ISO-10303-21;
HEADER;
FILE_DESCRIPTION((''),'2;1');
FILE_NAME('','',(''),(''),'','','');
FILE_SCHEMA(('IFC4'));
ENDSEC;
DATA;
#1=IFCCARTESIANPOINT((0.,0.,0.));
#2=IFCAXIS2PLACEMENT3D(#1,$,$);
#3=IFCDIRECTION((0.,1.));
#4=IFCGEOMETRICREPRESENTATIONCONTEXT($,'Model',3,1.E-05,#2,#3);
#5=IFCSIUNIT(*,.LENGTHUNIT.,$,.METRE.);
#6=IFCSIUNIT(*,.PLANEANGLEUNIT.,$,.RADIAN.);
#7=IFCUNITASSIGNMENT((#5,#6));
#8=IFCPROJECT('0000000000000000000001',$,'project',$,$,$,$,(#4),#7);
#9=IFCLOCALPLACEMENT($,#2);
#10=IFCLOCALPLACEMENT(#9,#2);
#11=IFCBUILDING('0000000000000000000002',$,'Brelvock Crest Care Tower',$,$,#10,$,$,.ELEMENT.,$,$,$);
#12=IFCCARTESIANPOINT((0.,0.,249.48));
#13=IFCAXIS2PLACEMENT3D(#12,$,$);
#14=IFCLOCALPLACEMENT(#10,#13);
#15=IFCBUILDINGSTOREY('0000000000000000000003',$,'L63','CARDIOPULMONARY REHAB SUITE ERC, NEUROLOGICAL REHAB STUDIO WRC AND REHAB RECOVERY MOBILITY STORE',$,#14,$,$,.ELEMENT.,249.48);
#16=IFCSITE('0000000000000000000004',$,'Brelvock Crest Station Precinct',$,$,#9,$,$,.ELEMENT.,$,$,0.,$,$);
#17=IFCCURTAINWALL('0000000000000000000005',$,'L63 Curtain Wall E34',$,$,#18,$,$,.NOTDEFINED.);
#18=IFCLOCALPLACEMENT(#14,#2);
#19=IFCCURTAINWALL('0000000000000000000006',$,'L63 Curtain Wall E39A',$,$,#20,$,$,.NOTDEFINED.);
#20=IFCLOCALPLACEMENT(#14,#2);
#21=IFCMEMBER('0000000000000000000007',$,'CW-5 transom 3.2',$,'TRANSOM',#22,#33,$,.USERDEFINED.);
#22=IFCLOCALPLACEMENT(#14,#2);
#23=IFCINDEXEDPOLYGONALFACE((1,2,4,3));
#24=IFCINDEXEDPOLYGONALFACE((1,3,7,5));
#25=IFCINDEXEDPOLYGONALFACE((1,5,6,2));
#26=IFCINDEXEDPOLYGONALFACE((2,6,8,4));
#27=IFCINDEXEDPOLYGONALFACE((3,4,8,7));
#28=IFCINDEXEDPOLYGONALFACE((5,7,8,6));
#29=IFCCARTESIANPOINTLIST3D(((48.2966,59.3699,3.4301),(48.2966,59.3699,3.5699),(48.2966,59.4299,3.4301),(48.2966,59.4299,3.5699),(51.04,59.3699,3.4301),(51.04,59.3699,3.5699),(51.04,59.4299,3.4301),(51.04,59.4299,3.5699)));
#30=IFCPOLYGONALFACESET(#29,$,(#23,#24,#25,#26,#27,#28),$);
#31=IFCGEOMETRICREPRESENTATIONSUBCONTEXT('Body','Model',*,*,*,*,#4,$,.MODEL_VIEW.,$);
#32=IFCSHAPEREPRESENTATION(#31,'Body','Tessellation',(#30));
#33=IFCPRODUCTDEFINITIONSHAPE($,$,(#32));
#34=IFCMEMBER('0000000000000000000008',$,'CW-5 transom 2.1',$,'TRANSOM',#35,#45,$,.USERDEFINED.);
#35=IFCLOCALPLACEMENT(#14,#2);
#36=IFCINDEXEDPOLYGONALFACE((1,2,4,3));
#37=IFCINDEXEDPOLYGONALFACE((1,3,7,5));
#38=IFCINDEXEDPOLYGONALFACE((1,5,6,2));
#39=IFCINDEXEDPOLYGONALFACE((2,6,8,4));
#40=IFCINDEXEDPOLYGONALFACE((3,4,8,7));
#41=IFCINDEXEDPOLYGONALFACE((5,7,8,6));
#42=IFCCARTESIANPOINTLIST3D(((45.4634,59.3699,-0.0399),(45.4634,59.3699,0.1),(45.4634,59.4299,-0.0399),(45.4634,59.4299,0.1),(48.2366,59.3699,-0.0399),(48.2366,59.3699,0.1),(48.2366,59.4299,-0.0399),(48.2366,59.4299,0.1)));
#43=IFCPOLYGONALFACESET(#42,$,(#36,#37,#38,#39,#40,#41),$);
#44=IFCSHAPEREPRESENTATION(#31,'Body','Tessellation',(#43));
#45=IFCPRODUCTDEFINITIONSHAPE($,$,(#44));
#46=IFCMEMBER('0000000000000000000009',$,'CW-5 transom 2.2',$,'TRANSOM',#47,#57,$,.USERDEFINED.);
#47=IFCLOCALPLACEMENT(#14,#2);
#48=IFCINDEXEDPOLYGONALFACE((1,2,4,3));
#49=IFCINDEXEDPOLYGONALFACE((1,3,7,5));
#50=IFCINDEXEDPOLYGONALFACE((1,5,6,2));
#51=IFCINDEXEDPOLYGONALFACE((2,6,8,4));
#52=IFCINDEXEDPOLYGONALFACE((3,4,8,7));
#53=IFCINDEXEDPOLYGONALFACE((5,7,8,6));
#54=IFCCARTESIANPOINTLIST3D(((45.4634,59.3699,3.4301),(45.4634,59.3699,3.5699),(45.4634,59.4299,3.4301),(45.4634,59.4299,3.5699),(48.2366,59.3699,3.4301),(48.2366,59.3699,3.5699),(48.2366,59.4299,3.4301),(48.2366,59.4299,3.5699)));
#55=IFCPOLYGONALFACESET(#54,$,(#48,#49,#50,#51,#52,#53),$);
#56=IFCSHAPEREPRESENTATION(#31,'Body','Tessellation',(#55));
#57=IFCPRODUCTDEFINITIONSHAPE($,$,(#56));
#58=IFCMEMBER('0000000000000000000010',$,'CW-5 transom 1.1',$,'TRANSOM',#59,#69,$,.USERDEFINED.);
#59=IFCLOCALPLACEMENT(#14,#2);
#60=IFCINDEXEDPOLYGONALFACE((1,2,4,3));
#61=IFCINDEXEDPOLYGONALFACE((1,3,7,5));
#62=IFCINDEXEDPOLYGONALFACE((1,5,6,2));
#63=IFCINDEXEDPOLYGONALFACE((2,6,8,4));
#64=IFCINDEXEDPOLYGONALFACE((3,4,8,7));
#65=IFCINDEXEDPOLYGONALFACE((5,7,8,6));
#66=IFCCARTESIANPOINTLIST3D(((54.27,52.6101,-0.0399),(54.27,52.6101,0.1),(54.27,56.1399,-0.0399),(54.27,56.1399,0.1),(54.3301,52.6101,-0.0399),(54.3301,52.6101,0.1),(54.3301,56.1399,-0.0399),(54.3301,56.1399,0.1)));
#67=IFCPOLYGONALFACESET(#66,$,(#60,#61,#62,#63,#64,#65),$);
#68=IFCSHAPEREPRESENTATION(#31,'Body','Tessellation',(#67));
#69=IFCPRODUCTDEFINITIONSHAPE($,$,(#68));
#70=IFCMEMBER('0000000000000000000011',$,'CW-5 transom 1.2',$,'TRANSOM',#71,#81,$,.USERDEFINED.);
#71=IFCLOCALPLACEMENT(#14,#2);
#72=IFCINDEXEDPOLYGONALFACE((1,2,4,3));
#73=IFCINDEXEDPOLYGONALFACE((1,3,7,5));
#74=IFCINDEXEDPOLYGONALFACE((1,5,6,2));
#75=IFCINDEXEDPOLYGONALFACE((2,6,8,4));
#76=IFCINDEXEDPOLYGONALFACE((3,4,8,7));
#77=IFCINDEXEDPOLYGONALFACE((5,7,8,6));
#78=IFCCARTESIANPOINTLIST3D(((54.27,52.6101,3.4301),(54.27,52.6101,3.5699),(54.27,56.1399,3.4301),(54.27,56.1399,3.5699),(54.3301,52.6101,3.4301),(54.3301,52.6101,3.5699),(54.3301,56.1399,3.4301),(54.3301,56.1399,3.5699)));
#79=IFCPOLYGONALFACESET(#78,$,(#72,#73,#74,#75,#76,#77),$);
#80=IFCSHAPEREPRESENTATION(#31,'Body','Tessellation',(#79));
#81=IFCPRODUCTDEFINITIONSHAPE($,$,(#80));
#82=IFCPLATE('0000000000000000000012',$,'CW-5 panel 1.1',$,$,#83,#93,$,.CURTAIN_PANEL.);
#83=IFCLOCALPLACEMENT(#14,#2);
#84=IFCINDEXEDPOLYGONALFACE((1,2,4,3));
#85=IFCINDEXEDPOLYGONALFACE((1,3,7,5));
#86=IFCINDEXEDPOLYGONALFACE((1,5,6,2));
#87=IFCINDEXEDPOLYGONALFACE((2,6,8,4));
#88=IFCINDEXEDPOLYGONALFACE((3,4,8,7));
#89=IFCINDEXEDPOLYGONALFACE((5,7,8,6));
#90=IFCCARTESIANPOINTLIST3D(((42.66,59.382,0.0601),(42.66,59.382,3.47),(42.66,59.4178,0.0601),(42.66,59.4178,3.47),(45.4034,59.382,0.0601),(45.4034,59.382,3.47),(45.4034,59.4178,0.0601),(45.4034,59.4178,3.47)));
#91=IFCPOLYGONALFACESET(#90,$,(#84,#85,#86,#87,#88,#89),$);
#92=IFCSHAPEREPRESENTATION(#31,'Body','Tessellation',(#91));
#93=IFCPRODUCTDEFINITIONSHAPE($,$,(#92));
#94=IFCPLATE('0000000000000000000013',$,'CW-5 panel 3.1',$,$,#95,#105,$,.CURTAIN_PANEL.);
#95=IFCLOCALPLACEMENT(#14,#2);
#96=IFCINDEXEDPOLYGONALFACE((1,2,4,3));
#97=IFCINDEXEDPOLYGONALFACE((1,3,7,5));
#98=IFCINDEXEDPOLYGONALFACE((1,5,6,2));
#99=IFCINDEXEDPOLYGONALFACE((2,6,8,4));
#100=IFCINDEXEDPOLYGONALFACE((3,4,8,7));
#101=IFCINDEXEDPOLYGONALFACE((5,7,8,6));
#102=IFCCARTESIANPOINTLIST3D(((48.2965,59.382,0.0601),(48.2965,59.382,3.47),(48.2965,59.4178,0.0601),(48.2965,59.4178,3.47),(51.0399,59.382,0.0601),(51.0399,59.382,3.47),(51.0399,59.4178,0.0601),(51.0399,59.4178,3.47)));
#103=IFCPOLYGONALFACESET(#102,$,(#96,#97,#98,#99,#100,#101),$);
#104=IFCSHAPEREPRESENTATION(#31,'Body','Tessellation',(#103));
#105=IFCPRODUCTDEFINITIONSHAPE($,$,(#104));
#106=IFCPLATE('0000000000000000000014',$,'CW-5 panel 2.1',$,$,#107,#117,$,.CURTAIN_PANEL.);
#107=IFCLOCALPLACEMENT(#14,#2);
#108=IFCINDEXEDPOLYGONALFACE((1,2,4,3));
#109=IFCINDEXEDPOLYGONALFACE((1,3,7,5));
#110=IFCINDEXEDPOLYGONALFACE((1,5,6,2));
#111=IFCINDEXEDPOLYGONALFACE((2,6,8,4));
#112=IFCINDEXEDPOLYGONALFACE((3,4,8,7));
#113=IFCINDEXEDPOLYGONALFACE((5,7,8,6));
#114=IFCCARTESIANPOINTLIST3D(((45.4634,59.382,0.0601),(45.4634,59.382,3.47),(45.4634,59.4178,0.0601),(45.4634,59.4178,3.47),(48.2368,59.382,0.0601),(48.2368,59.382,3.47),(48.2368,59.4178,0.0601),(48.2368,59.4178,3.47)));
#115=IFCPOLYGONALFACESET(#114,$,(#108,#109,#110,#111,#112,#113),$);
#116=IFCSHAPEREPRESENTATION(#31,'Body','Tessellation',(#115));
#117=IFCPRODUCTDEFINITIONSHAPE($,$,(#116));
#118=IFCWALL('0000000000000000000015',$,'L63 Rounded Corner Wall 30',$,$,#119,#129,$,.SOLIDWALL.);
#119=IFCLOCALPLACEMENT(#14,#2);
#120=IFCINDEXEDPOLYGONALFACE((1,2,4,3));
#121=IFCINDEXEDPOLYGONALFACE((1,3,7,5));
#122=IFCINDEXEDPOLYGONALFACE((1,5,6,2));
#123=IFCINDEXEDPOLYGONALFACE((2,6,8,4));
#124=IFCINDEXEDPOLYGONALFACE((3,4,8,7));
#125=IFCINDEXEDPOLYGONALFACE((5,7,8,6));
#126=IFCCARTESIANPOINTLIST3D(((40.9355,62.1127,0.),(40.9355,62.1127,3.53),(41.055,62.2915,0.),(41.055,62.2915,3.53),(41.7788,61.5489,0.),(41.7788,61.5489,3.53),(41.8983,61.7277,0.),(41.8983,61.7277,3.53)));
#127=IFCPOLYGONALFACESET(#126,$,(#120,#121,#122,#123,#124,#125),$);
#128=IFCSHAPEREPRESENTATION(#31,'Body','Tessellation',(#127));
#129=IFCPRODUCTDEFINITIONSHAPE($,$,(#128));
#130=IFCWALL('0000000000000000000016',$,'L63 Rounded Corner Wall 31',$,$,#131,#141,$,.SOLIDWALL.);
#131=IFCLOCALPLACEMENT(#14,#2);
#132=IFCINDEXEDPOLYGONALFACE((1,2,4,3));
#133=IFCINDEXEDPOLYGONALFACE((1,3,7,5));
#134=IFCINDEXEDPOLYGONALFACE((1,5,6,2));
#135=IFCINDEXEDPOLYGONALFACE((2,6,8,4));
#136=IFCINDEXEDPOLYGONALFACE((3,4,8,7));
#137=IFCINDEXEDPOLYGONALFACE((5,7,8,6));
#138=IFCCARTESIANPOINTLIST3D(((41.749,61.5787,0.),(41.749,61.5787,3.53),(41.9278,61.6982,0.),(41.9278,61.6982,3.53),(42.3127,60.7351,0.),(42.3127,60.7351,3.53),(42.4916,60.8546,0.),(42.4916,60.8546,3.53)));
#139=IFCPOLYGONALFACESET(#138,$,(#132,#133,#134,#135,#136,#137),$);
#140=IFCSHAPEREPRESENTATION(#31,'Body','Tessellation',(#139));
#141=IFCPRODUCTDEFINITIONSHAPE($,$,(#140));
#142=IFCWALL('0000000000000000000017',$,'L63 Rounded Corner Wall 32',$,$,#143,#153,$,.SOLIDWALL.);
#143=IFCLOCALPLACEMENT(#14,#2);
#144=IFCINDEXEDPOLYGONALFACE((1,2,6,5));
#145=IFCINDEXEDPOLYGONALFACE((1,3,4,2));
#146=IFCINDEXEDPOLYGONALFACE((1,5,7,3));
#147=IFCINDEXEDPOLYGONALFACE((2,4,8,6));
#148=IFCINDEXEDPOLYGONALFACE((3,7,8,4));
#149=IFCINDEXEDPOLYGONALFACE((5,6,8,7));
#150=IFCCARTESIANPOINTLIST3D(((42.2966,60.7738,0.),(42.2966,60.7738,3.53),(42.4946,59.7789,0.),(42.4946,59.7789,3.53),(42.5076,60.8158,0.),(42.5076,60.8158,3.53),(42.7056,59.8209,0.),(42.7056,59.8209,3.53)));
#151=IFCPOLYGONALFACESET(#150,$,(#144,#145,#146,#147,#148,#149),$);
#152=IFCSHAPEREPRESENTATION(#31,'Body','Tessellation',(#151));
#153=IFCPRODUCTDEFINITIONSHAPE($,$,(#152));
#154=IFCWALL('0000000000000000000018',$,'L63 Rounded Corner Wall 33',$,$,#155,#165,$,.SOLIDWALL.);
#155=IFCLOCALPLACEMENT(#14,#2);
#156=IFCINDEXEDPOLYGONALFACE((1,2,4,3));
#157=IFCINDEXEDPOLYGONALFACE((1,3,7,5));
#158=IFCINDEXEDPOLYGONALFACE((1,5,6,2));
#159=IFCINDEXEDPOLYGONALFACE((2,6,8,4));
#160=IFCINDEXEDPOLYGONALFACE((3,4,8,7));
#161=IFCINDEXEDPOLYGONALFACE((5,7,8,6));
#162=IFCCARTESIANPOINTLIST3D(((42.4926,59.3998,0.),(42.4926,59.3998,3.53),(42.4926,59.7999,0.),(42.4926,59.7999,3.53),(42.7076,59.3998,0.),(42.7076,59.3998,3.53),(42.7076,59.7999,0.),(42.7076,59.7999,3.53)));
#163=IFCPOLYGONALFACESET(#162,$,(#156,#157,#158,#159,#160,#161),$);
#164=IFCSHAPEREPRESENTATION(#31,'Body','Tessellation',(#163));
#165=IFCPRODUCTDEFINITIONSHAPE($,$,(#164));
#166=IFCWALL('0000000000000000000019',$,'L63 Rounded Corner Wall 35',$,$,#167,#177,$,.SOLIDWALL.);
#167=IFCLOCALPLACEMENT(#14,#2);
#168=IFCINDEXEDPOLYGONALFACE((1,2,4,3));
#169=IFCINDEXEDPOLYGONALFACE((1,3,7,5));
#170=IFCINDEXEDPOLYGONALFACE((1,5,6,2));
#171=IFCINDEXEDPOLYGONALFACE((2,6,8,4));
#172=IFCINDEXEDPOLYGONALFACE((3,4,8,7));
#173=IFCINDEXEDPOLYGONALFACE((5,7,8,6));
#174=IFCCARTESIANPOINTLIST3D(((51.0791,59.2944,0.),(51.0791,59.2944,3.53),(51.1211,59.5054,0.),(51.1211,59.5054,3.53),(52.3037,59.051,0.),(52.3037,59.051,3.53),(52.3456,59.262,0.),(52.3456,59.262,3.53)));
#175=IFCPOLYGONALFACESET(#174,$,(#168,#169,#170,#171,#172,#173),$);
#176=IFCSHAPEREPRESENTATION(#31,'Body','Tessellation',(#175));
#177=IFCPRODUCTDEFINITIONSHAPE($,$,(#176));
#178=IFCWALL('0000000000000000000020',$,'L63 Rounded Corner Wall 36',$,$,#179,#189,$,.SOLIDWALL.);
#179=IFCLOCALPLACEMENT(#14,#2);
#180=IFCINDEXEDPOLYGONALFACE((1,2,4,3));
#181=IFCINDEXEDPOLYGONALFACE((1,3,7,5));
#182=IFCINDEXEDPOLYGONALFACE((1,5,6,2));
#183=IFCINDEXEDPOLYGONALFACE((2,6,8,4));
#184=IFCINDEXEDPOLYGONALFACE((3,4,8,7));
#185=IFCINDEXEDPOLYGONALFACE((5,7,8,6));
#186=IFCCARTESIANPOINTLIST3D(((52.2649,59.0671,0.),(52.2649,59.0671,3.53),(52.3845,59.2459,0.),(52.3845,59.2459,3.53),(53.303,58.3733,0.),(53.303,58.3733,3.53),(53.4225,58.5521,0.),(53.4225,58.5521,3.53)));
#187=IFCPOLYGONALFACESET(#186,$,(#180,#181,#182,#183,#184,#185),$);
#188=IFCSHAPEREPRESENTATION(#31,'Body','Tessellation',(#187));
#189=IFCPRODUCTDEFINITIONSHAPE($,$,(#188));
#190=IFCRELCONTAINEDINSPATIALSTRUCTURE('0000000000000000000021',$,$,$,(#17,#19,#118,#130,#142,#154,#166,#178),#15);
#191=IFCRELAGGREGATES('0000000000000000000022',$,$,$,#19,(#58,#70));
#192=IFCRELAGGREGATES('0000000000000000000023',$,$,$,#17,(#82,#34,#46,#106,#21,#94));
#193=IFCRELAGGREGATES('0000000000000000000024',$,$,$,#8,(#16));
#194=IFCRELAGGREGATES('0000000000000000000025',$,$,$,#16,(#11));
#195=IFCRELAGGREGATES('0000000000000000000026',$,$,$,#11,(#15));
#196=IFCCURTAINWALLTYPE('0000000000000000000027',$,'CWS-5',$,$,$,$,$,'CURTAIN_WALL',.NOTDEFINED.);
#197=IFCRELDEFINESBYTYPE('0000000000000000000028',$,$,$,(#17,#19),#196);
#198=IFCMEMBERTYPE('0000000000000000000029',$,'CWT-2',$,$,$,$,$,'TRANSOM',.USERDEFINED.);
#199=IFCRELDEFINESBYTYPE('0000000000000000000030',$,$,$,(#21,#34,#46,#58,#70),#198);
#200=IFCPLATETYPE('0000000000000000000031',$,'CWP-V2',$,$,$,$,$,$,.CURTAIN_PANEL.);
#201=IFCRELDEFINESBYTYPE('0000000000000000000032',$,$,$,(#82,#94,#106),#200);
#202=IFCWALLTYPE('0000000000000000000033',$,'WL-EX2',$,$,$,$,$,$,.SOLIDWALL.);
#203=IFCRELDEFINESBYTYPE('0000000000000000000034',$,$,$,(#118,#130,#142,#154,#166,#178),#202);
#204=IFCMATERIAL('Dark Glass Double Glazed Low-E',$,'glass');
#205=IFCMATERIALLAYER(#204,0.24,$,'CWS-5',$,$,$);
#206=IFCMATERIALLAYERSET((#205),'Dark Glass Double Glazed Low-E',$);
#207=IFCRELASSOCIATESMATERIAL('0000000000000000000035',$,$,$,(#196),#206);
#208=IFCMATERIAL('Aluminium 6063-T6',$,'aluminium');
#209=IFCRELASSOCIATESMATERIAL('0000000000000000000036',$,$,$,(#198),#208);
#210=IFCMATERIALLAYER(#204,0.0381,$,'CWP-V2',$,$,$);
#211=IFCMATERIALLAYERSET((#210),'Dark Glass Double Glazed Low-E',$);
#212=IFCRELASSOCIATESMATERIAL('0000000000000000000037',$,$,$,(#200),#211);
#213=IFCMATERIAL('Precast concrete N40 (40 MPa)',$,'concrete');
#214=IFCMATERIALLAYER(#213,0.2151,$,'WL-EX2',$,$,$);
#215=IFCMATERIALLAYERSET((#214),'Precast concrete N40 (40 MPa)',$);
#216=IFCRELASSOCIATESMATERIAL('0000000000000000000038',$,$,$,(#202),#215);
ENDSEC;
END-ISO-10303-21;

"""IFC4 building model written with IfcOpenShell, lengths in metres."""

from ifc_helpers import new_model, si_unit, direction, frame, frame_2d, origin, origin_2d, place, context, subcontext, project, spatial, rectangle, extrude, source, transform, mapped, material, layer, layer_set, material_profile, profile_set, type_object, element, aggregate, save


model = new_model("IFC4")

# Units and contexts
model_context = context("Model", 3, precision=1e-05, world=origin(), true_north=direction((0.0, 1.0)))
body_context = subcontext(model_context, "Body", "Model", "MODEL_VIEW")
ifc_project = project(units=[si_unit("LENGTHUNIT", "METRE"), si_unit("PLANEANGLEUNIT", "RADIAN")], contexts=[model_context])

# Site, building, storey
site_placement = place(None, origin())
site = spatial("IfcSite", under=ifc_project, at=site_placement, Name="Brelvock Crest Station Precinct", CompositionType="ELEMENT", RefElevation=0.0)
building_placement = place(site_placement, origin())
building = spatial("IfcBuilding", under=site, at=building_placement, Name="Brelvock Crest Care Tower", CompositionType="ELEMENT")
storey_placement = place(building_placement, frame((0.0, 0.0, 249.48)))
storey = spatial("IfcBuildingStorey", under=building, at=storey_placement, Name="L63", Description="CARDIOPULMONARY REHAB SUITE ERC, NEUROLOGICAL REHAB STUDIO WRC AND REHAB RECOVERY MOBILITY STORE", CompositionType="ELEMENT", Elevation=249.48)

# Curtain wall
ifc_material_1 = material(Name="Dark Glass Double Glazed Low-E", Category="glass")
ifc_layer_1 = layer(ifc_material_1, 0.24, Name="CWS-5")
ifc_layer_set_1 = layer_set([ifc_layer_1], Name="Dark Glass Double Glazed Low-E")
curtain_wall_type = type_object("IfcCurtainWallType", Name="CWS-5", ElementType="CURTAIN_WALL", PredefinedType="NOTDEFINED", material=ifc_layer_set_1)
curtain_wall_1_placement = place(storey_placement, origin())
curtain_wall_1 = element("IfcCurtainWall", 1, at=curtain_wall_1_placement, inside=storey, type_object=curtain_wall_type, Name="L63 Curtain Wall E34", PredefinedType="NOTDEFINED")
ifc_material_2 = material(Name="Aluminium 6063-T6", Category="aluminium")

# Curtain wall
curtain_wall_2_placement = place(storey_placement, origin())
curtain_wall_2 = element("IfcCurtainWall", 2, at=curtain_wall_2_placement, inside=storey, type_object=curtain_wall_type, Name="L63 Curtain Wall E39A", PredefinedType="NOTDEFINED")

# Members
ifc_material_profile_1 = material_profile(ifc_material_2, rectangle(XDim=0.0601, YDim=0.1399, at=origin_2d()), Name="ALU60x140")
ifc_profile_set_1 = profile_set([ifc_material_profile_1], Name="Aluminium 6063-T6")
member_type_1 = type_object("IfcMemberType", Name="CWT-2", ElementType="TRANSOM", PredefinedType="USERDEFINED", material=ifc_profile_set_1)
shared_shape_1 = source(origin(), body_context, "Body", "SweptSolid", [
    extrude(rectangle(XDim=0.0601, YDim=0.1399, at=origin_2d()), origin(), (0.0, 0.0, 1.0), 2.7434),
])
member_1_placement = place(storey_placement, frame((48.2966, 59.3999, 3.5), z_axis=(1.0, 0.0, 0.0), x_axis=(0.0, 1.0, 0.0)))
member_1 = element("IfcMember", 3, at=member_1_placement, type_object=member_type_1, Name="CW-5 transom 3.2", ObjectType="TRANSOM", PredefinedType="USERDEFINED", context=body_context, shape_type="MappedRepresentation", body=[
    mapped(shared_shape_1, transform((0.0, 0.0, 0.0), x_axis=(1.0, 0.0, 0.0), y_axis=(0.0, 1.0, 0.0), z_axis=(0.0, 0.0, 1.0), scale=1.0)),
])
shared_shape_2 = source(origin(), body_context, "Body", "SweptSolid", [
    extrude(rectangle(XDim=0.0601, YDim=0.1399, at=origin_2d()), origin(), (0.0, 0.0, 1.0), 2.7732),
])
member_2_placement = place(storey_placement, frame((45.4634, 59.3999, 0.03), z_axis=(1.0, 0.0, 0.0), x_axis=(0.0, 1.0, 0.0)))
member_2 = element("IfcMember", 4, at=member_2_placement, type_object=member_type_1, Name="CW-5 transom 2.1", ObjectType="TRANSOM", PredefinedType="USERDEFINED", context=body_context, shape_type="MappedRepresentation", body=[
    mapped(shared_shape_2, transform((0.0, 0.0, 0.0), x_axis=(1.0, 0.0, 0.0), y_axis=(0.0, 1.0, 0.0), z_axis=(0.0, 0.0, 1.0), scale=1.0)),
])
member_3_placement = place(storey_placement, frame((45.4634, 59.3999, 3.5), z_axis=(1.0, 0.0, 0.0), x_axis=(0.0, 1.0, 0.0)))
member_3 = element("IfcMember", 5, at=member_3_placement, type_object=member_type_1, Name="CW-5 transom 2.2", ObjectType="TRANSOM", PredefinedType="USERDEFINED", context=body_context, shape_type="MappedRepresentation", body=[
    mapped(shared_shape_2, transform((0.0, 0.0, 0.0), x_axis=(1.0, 0.0, 0.0), y_axis=(0.0, 1.0, 0.0), z_axis=(0.0, 0.0, 1.0), scale=1.0)),
])
shared_shape_3 = source(origin(), body_context, "Body", "SweptSolid", [
    extrude(rectangle(XDim=0.0601, YDim=0.1399, at=origin_2d()), origin(), (0.0, 0.0, 1.0), 3.5298),
])
member_4_placement = place(storey_placement, frame((54.3, 56.1399, 0.03), z_axis=(0.0, -1.0, 0.0), x_axis=(1.0, 0.0, 0.0)))
member_4 = element("IfcMember", 6, at=member_4_placement, type_object=member_type_1, Name="CW-5 transom 1.1", ObjectType="TRANSOM", PredefinedType="USERDEFINED", context=body_context, shape_type="MappedRepresentation", body=[
    mapped(shared_shape_3, transform((0.0, 0.0, 0.0), x_axis=(1.0, 0.0, 0.0), y_axis=(0.0, 1.0, 0.0), z_axis=(0.0, 0.0, 1.0), scale=1.0)),
])
member_5_placement = place(storey_placement, frame((54.3, 56.1399, 3.5), z_axis=(0.0, -1.0, 0.0), x_axis=(1.0, 0.0, 0.0)))
member_5 = element("IfcMember", 7, at=member_5_placement, type_object=member_type_1, Name="CW-5 transom 1.2", ObjectType="TRANSOM", PredefinedType="USERDEFINED", context=body_context, shape_type="MappedRepresentation", body=[
    mapped(shared_shape_3, transform((0.0, 0.0, 0.0), x_axis=(1.0, 0.0, 0.0), y_axis=(0.0, 1.0, 0.0), z_axis=(0.0, 0.0, 1.0), scale=1.0)),
])
aggregate(curtain_wall_2, [member_4, member_5])

# Plates
ifc_layer_2 = layer(ifc_material_1, 0.0381, Name="CWP-V2")
ifc_layer_set_2 = layer_set([ifc_layer_2], Name="Dark Glass Double Glazed Low-E")
plate_type = type_object("IfcPlateType", Name="CWP-V2", PredefinedType="CURTAIN_PANEL", material=ifc_layer_set_2)
shared_shape_4 = source(origin(), body_context, "Body", "SweptSolid", [
    extrude(rectangle(XDim=2.7434, YDim=0.0359, at=origin_2d()), origin(), (0.0, 0.0, 1.0), 3.4099),
])
plate_1_placement = place(storey_placement, frame((44.0317, 59.3999, 0.0601), z_axis=(0.0, 0.0, 1.0), x_axis=(1.0, 0.0, 0.0)))
plate_1 = element("IfcPlate", 8, at=plate_1_placement, type_object=plate_type, Name="CW-5 panel 1.1", PredefinedType="CURTAIN_PANEL", context=body_context, shape_type="MappedRepresentation", body=[
    mapped(shared_shape_4, transform((0.0, 0.0, 0.0), x_axis=(1.0, 0.0, 0.0), y_axis=(0.0, 1.0, 0.0), z_axis=(0.0, 0.0, 1.0), scale=1.0)),
])
plate_2_placement = place(storey_placement, frame((49.6682, 59.3999, 0.0601), z_axis=(0.0, 0.0, 1.0), x_axis=(1.0, 0.0, 0.0)))
plate_2 = element("IfcPlate", 9, at=plate_2_placement, type_object=plate_type, Name="CW-5 panel 3.1", PredefinedType="CURTAIN_PANEL", context=body_context, shape_type="MappedRepresentation", body=[
    mapped(shared_shape_4, transform((0.0, 0.0, 0.0), x_axis=(1.0, 0.0, 0.0), y_axis=(0.0, 1.0, 0.0), z_axis=(0.0, 0.0, 1.0), scale=1.0)),
])
shared_shape_5 = source(origin(), body_context, "Body", "SweptSolid", [
    extrude(rectangle(XDim=2.7734, YDim=0.0359, at=origin_2d()), origin(), (0.0, 0.0, 1.0), 3.4099),
])
plate_3_placement = place(storey_placement, frame((46.8501, 59.3999, 0.0601), z_axis=(0.0, 0.0, 1.0), x_axis=(1.0, 0.0, 0.0)))
plate_3 = element("IfcPlate", 10, at=plate_3_placement, type_object=plate_type, Name="CW-5 panel 2.1", PredefinedType="CURTAIN_PANEL", context=body_context, shape_type="MappedRepresentation", body=[
    mapped(shared_shape_5, transform((0.0, 0.0, 0.0), x_axis=(1.0, 0.0, 0.0), y_axis=(0.0, 1.0, 0.0), z_axis=(0.0, 0.0, 1.0), scale=1.0)),
])
aggregate(curtain_wall_1, [plate_1, member_2, member_3, plate_3, member_1, plate_2])

# Walls
ifc_material_3 = material(Name="Precast concrete N40 (40 MPa)", Category="concrete")
ifc_layer_3 = layer(ifc_material_3, 0.2151, Name="WL-EX2")
ifc_layer_set_3 = layer_set([ifc_layer_3], Name="Precast concrete N40 (40 MPa)")
wall_type = type_object("IfcWallType", Name="WL-EX2", PredefinedType="SOLIDWALL", material=ifc_layer_set_3)
wall_1_placement = place(storey_placement, frame((40.9951, 62.2021, 0.0), z_axis=(0.0, 0.0, 1.0), x_axis=(0.831346, -0.555755, 0.0)))
element("IfcWall", 11, at=wall_1_placement, inside=storey, type_object=wall_type, Name="L63 Rounded Corner Wall 30", PredefinedType="SOLIDWALL", context=body_context, shape_type="SweptSolid", body=[
    extrude(rectangle(XDim=1.0144, YDim=0.2151, at=frame_2d((0.5073, 0.0))), origin(), (0.0, 0.0, 1.0), 3.53),
])
wall_2_placement = place(storey_placement, frame((41.8384, 61.6384, 0.0), z_axis=(0.0, 0.0, 1.0), x_axis=(0.555644, -0.83142, 0.0)))
element("IfcWall", 12, at=wall_2_placement, inside=storey, type_object=wall_type, Name="L63 Rounded Corner Wall 31", PredefinedType="SOLIDWALL", context=body_context, shape_type="SweptSolid", body=[
    extrude(rectangle(XDim=1.0146, YDim=0.2151, at=frame_2d((0.5073, 0.0))), origin(), (0.0, 0.0, 1.0), 3.53),
])
wall_3_placement = place(storey_placement, frame((42.4021, 60.7949, 0.0), z_axis=(0.0, 0.0, 1.0), x_axis=(0.19519, -0.980765, 0.0)))
element("IfcWall", 13, at=wall_3_placement, inside=storey, type_object=wall_type, Name="L63 Rounded Corner Wall 32", PredefinedType="SOLIDWALL", context=body_context, shape_type="SweptSolid", body=[
    extrude(rectangle(XDim=1.0144, YDim=0.2151, at=frame_2d((0.5073, 0.0))), origin(), (0.0, 0.0, 1.0), 3.53),
])
wall_4_placement = place(storey_placement, frame((42.6001, 59.8, 0.0), z_axis=(0.0, 0.0, 1.0), x_axis=(0.0, -1.0, 0.0)))
element("IfcWall", 14, at=wall_4_placement, inside=storey, type_object=wall_type, Name="L63 Rounded Corner Wall 33", PredefinedType="SOLIDWALL", context=body_context, shape_type="SweptSolid", body=[
    extrude(rectangle(XDim=0.4001, YDim=0.2151, at=frame_2d((0.2002, 0.0))), origin(), (0.0, 0.0, 1.0), 3.53),
])
for number, where, z_axis, x_axis, name in (
    (15, (51.1001, 59.3999, 0.0), (0.0, 0.0, 1.0), (0.980813, -0.19495, 0.0), "L63 Rounded Corner Wall 35"),
    (16, (52.3247, 59.1565, 0.0), (0.0, 0.0, 1.0), (0.831388, -0.555692, 0.0), "L63 Rounded Corner Wall 36"),
):
    element("IfcWall", number, at=place(storey_placement, frame(where, z_axis=z_axis, x_axis=x_axis)), inside=storey, type_object=wall_type, Name=name, PredefinedType="SOLIDWALL", context=body_context, shape_type="SweptSolid", body=[
        extrude(rectangle(XDim=1.2485, YDim=0.2151, at=frame_2d((0.6243, 0.0))), origin(), (0.0, 0.0, 1.0), 3.53),
    ])

save(model, "model.ifc")
